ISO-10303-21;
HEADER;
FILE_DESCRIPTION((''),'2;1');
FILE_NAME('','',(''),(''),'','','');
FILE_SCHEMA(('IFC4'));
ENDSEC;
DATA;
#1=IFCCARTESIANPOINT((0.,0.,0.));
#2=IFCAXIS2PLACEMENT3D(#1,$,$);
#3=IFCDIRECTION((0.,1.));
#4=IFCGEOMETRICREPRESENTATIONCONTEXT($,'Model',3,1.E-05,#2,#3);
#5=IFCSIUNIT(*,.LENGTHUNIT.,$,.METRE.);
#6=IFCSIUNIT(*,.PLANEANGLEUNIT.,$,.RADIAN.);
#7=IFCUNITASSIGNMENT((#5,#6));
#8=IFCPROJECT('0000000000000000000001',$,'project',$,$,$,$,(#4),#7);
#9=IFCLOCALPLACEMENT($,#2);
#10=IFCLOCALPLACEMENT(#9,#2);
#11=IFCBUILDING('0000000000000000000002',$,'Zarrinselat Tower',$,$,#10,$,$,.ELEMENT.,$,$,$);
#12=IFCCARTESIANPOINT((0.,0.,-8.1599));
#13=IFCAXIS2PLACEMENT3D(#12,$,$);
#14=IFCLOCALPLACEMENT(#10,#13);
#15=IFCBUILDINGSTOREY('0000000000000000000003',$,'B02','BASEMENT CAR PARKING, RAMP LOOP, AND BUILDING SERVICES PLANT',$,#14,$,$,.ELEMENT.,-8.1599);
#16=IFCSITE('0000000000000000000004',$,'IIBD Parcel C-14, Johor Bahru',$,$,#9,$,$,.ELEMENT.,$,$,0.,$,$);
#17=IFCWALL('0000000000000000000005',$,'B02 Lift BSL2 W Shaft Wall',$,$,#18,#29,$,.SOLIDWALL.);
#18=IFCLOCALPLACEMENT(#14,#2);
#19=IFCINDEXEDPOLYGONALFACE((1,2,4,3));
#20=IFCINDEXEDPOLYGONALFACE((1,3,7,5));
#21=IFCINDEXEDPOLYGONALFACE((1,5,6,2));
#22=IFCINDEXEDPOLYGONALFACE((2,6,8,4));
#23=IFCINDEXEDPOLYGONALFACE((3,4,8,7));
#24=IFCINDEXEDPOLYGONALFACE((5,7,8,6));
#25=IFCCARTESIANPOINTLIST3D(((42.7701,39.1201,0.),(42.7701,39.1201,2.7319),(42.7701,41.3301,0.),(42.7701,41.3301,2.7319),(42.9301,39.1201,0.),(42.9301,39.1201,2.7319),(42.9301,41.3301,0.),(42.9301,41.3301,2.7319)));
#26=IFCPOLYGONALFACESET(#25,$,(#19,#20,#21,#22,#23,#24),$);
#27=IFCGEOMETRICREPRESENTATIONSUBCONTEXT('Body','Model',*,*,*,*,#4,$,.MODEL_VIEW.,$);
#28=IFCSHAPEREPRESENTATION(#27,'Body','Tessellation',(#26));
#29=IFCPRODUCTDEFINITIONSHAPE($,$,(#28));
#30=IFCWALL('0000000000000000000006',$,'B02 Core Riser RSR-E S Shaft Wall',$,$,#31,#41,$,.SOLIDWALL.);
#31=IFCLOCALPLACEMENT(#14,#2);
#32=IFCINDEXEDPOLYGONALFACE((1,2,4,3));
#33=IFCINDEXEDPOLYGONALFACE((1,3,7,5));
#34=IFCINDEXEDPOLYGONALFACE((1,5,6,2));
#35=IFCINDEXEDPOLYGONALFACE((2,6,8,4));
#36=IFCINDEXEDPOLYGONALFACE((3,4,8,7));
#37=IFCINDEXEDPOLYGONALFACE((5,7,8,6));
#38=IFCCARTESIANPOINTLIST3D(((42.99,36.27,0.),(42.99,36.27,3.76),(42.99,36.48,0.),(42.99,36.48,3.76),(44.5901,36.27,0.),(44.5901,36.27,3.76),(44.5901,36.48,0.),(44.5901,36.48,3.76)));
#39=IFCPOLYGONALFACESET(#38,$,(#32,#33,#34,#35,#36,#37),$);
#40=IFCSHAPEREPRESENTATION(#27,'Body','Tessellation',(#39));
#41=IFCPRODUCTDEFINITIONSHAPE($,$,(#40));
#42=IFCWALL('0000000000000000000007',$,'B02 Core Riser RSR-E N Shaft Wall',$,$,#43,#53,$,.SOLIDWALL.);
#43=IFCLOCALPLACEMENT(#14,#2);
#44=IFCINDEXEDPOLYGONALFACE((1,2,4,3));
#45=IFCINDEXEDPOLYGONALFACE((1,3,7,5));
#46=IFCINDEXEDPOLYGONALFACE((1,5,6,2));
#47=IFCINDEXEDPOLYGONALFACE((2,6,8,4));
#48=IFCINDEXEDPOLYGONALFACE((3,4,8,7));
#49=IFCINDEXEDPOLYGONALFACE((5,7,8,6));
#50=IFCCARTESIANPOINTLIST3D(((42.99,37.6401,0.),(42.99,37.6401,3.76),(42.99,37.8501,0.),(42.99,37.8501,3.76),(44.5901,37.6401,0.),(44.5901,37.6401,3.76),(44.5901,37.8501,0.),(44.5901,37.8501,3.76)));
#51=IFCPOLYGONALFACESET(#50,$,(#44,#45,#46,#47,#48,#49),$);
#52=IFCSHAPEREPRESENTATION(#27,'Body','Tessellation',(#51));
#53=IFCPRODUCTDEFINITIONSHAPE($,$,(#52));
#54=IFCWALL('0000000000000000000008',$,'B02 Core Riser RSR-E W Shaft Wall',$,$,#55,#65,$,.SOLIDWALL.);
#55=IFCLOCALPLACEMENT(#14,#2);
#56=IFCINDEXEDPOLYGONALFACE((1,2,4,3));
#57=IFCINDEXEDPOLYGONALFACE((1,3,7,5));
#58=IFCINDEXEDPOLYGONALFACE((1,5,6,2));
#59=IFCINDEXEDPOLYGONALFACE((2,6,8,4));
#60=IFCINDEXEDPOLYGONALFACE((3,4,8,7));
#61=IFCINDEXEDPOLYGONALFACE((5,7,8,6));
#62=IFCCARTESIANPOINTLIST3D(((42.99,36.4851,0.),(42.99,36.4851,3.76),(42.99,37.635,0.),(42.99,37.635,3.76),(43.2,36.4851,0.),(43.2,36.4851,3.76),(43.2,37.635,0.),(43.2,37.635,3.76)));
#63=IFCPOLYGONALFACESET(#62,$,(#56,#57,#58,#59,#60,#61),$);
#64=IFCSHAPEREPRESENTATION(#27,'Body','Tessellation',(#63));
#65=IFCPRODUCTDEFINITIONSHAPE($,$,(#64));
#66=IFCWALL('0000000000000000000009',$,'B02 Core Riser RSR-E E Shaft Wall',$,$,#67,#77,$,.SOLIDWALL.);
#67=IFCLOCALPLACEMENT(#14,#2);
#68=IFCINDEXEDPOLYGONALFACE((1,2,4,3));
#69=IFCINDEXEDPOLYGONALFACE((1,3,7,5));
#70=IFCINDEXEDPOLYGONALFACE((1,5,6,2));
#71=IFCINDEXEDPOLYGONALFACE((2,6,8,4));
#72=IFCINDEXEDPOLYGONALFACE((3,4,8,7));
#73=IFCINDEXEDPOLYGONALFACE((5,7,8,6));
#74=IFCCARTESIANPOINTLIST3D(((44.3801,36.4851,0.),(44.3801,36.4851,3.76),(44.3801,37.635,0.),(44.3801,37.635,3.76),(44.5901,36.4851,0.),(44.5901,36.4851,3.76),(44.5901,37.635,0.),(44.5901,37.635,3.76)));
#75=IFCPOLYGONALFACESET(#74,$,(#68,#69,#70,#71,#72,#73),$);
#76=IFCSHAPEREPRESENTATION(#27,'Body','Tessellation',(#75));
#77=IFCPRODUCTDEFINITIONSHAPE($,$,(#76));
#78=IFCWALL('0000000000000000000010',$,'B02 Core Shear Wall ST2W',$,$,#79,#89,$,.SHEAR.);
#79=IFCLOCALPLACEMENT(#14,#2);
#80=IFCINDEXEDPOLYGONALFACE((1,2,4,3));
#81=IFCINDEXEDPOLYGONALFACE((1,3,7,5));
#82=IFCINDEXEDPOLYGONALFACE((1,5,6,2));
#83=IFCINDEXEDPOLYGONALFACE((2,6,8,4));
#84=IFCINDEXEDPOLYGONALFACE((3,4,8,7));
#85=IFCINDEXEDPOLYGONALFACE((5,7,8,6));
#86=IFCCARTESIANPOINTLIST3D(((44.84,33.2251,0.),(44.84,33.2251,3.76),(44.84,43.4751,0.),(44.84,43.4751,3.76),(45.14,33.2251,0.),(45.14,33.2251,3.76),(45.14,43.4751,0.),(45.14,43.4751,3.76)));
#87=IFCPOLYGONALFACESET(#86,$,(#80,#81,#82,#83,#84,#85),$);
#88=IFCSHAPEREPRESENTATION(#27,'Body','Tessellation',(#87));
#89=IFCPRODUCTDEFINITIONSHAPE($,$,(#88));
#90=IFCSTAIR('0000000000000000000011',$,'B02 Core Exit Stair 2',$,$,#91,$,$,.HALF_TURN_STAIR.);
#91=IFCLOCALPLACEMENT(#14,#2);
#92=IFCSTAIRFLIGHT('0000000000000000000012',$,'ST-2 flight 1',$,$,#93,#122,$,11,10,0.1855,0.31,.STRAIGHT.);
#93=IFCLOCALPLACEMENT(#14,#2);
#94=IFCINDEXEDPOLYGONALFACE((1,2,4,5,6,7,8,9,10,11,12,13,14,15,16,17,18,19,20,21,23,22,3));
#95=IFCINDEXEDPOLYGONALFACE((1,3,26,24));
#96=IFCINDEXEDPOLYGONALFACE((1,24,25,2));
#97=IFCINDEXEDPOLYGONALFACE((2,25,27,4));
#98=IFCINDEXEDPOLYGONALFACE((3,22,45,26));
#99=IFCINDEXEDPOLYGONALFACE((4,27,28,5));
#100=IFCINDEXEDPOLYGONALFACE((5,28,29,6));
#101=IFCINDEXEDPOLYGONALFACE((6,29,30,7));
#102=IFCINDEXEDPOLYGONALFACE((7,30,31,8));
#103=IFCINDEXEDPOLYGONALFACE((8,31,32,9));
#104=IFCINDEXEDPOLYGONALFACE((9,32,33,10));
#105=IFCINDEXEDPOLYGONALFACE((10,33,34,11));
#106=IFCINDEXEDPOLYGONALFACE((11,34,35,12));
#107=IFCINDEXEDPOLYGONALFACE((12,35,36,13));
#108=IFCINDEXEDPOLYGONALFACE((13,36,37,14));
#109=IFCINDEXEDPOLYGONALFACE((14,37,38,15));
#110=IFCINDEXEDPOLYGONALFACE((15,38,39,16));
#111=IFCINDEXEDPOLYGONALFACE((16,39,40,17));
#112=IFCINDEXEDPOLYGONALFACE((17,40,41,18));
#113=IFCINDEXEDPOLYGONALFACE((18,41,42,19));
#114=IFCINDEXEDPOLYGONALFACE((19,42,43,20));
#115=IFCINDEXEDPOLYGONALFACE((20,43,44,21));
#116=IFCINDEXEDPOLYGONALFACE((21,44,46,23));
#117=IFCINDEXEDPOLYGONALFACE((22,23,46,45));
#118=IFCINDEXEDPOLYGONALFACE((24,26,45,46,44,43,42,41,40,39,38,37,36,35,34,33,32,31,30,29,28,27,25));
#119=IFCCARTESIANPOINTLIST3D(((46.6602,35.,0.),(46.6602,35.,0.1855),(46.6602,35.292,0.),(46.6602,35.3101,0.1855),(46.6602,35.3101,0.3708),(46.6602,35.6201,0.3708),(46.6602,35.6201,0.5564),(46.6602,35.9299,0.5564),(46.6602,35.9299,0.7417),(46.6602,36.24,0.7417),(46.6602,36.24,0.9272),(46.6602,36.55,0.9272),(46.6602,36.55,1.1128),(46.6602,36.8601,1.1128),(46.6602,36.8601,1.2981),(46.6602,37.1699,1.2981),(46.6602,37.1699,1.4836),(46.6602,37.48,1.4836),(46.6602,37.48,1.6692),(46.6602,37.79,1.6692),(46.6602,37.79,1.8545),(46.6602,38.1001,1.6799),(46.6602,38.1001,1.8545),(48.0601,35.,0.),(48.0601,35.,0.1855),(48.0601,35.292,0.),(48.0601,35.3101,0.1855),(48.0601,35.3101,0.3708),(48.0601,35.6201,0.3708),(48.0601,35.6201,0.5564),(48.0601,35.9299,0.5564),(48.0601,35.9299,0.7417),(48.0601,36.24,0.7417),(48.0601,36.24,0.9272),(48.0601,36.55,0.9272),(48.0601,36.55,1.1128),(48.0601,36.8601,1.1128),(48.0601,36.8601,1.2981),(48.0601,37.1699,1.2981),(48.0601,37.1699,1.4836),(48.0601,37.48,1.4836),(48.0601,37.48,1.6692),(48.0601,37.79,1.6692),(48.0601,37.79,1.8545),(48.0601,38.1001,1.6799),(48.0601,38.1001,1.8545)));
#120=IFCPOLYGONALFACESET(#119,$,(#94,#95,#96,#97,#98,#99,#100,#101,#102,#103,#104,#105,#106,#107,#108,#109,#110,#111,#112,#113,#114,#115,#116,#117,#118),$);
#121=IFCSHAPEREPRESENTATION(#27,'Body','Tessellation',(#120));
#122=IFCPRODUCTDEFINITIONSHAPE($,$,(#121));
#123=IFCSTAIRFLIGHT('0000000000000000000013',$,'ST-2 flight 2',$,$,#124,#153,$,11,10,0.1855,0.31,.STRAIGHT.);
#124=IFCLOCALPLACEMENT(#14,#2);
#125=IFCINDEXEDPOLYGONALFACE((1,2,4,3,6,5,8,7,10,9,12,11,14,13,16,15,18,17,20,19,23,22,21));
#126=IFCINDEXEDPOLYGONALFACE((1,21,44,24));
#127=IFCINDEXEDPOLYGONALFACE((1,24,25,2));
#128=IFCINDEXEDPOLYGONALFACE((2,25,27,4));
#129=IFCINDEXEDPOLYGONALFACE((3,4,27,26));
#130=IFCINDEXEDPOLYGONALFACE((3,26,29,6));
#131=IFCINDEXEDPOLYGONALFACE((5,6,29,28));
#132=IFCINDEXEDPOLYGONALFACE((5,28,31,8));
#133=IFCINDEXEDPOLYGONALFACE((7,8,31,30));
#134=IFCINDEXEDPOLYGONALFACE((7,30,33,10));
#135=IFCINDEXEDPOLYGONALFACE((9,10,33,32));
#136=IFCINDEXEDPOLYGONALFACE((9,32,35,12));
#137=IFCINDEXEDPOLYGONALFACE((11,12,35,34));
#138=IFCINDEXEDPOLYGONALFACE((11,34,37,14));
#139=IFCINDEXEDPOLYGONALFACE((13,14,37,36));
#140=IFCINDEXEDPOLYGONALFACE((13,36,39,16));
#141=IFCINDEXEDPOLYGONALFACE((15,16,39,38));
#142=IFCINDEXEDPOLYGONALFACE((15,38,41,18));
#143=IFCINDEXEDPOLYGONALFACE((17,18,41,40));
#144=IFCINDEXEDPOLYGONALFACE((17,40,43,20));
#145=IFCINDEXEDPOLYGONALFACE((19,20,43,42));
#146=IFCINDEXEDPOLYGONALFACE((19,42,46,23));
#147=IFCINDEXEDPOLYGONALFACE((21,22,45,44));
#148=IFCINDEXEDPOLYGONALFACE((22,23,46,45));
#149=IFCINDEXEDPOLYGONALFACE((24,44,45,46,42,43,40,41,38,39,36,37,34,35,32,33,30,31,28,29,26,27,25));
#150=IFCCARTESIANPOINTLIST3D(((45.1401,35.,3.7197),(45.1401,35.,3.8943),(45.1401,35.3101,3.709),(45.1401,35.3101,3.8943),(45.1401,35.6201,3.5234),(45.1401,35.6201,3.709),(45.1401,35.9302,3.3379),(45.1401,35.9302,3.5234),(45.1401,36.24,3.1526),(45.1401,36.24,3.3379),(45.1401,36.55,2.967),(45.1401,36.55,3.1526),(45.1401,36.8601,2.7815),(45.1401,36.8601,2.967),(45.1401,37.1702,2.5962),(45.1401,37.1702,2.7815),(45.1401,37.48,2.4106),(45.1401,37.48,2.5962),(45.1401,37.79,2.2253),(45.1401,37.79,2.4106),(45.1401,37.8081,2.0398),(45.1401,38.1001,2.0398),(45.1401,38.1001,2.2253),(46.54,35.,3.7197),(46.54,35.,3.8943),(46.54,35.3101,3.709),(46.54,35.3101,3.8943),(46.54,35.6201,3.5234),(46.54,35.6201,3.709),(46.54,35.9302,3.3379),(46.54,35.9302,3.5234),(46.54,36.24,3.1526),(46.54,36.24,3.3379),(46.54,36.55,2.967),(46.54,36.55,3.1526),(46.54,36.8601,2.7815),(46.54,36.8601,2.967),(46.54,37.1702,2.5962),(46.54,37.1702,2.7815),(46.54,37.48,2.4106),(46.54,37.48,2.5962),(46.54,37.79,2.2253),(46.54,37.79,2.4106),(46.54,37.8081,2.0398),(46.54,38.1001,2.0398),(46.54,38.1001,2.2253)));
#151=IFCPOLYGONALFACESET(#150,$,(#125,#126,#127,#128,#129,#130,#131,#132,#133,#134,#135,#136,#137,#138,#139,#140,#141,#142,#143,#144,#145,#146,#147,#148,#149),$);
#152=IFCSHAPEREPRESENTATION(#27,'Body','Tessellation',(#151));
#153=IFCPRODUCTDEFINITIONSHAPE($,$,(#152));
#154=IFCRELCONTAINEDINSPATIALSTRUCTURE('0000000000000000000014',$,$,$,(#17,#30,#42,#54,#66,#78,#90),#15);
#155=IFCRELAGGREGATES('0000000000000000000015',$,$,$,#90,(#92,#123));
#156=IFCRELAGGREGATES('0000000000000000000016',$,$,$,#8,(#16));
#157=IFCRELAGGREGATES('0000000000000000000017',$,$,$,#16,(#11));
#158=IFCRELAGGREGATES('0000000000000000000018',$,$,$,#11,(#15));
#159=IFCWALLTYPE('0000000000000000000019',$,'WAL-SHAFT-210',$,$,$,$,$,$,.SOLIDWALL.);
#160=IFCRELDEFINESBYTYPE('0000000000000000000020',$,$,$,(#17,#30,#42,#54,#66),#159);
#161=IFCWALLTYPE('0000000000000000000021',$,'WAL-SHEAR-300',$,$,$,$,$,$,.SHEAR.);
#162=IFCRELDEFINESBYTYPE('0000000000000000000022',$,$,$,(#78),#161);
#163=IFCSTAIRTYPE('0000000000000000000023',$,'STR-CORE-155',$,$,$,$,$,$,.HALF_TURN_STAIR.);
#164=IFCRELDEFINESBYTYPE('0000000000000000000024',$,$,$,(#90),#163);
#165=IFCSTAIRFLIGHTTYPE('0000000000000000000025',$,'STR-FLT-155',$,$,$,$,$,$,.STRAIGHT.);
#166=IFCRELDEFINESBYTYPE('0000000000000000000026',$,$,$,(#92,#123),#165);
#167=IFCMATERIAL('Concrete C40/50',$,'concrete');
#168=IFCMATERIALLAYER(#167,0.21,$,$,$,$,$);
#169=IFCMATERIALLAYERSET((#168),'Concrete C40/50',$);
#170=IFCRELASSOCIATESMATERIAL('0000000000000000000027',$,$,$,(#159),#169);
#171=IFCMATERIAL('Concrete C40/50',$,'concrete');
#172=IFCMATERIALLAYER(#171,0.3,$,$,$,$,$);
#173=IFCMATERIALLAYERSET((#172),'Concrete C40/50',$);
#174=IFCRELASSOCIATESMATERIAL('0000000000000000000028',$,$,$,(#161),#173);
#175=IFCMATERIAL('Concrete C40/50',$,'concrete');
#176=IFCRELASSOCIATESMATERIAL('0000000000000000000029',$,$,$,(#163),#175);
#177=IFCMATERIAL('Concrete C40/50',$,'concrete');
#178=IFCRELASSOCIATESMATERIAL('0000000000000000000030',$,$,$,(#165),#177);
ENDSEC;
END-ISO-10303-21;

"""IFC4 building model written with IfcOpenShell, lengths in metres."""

from ifc_helpers import new_model, si_unit, direction, frame, frame_2d, origin, place, context, subcontext, project, spatial, polyline, rectangle, outline, extrude, material, layer, layer_set, type_object, element, aggregate, save


model = new_model("IFC4")

# Units and contexts
model_context = context("Model", 3, precision=1e-05, world=origin(), true_north=direction((0.0, 1.0)))
body_context = subcontext(model_context, "Body", "Model", "MODEL_VIEW")
ifc_project = project(units=[si_unit("LENGTHUNIT", "METRE"), si_unit("PLANEANGLEUNIT", "RADIAN")], contexts=[model_context])

# Site, building, storey
site_placement = place(None, origin())
site = spatial("IfcSite", under=ifc_project, at=site_placement, Name="IIBD Parcel C-14, Johor Bahru", CompositionType="ELEMENT", RefElevation=0.0)
building_placement = place(site_placement, origin())
building = spatial("IfcBuilding", under=site, at=building_placement, Name="Zarrinselat Tower", CompositionType="ELEMENT")
storey_placement = place(building_placement, frame((0.0, 0.0, -8.1599)))
storey = spatial("IfcBuildingStorey", under=building, at=storey_placement, Name="B02", Description="BASEMENT CAR PARKING, RAMP LOOP, AND BUILDING SERVICES PLANT", CompositionType="ELEMENT", Elevation=-8.1599)

# Shared definitions
ifc_material_1 = material(Name="Concrete C40/50", Category="concrete")
ifc_layer_1 = layer(ifc_material_1, 0.21)
ifc_layer_set_1 = layer_set([ifc_layer_1], Name="Concrete C40/50")
wall_type_1 = type_object("IfcWallType", Name="WAL-SHAFT-210", PredefinedType="SOLIDWALL", material=ifc_layer_set_1)

# Walls
wall_1_placement = place(storey_placement, frame((42.8501, 39.1201, 0.0), z_axis=(0.0, 0.0, 1.0), x_axis=(0.0, 1.0, 0.0)))
element("IfcWall", 1, at=wall_1_placement, inside=storey, type_object=wall_type_1, Name="B02 Lift BSL2 W Shaft Wall", PredefinedType="SOLIDWALL", context=body_context, shape_type="SweptSolid", body=[
    extrude(rectangle(XDim=2.21, YDim=0.1599, at=frame_2d((1.105, 0.0))), origin(), (0.0, 0.0, 1.0), 2.7319),
])
for number, where, z_axis, x_axis, name in (
    (2, (42.99, 36.375, 0.0), (0.0, 0.0, 1.0), (1.0, 0.0, 0.0), "B02 Core Riser RSR-E S Shaft Wall"),
    (3, (42.99, 37.7451, 0.0), (0.0, 0.0, 1.0), (1.0, 0.0, 0.0), "B02 Core Riser RSR-E N Shaft Wall"),
):
    element("IfcWall", number, at=place(storey_placement, frame(where, z_axis=z_axis, x_axis=x_axis)), inside=storey, type_object=wall_type_1, Name=name, PredefinedType="SOLIDWALL", context=body_context, shape_type="SweptSolid", body=[
        extrude(rectangle(XDim=1.6001, YDim=0.21, at=frame_2d((0.8, 0.0))), origin(), (0.0, 0.0, 1.0), 3.76),
    ])
for number, where, z_axis, x_axis, name in (
    (4, (43.095, 36.4851, 0.0), (0.0, 0.0, 1.0), (0.0, 1.0, 0.0), "B02 Core Riser RSR-E W Shaft Wall"),
    (5, (44.4851, 36.4851, 0.0), (0.0, 0.0, 1.0), (0.0, 1.0, 0.0), "B02 Core Riser RSR-E E Shaft Wall"),
):
    element("IfcWall", number, at=place(storey_placement, frame(where, z_axis=z_axis, x_axis=x_axis)), inside=storey, type_object=wall_type_1, Name=name, PredefinedType="SOLIDWALL", context=body_context, shape_type="SweptSolid", body=[
        extrude(rectangle(XDim=1.1499, YDim=0.21, at=frame_2d((0.575, 0.0))), origin(), (0.0, 0.0, 1.0), 3.76),
    ])
ifc_material_2 = material(Name="Concrete C40/50", Category="concrete")
ifc_layer_2 = layer(ifc_material_2, 0.3)
ifc_layer_set_2 = layer_set([ifc_layer_2], Name="Concrete C40/50")
wall_type_2 = type_object("IfcWallType", Name="WAL-SHEAR-300", PredefinedType="SHEAR", material=ifc_layer_set_2)
wall_2_placement = place(storey_placement, frame((44.99, 33.2251, 0.0), z_axis=(0.0, 0.0, 1.0), x_axis=(0.0, 1.0, 0.0)))
element("IfcWall", 6, at=wall_2_placement, inside=storey, type_object=wall_type_2, Name="B02 Core Shear Wall ST2W", PredefinedType="SHEAR", context=body_context, shape_type="SweptSolid", body=[
    extrude(rectangle(XDim=10.25, YDim=0.3, at=frame_2d((5.125, 0.0))), origin(), (0.0, 0.0, 1.0), 3.76),
])

# Stair, stair flights
ifc_material_3 = material(Name="Concrete C40/50", Category="concrete")
stair_type = type_object("IfcStairType", Name="STR-CORE-155", PredefinedType="HALF_TURN_STAIR", material=ifc_material_3)
stair_placement = place(storey_placement, origin())
stair = element("IfcStair", 7, at=stair_placement, inside=storey, type_object=stair_type, Name="B02 Core Exit Stair 2", PredefinedType="HALF_TURN_STAIR")
ifc_material_4 = material(Name="Concrete C40/50", Category="concrete")
stair_flight_type = type_object("IfcStairFlightType", Name="STR-FLT-155", PredefinedType="STRAIGHT", material=ifc_material_4)
stair_flight_1_placement = place(storey_placement, frame((47.3601, 35.0, 0.0), z_axis=(0.0, 0.0, 1.0), x_axis=(0.0, 1.0, 0.0)))
stair_flight_1 = element("IfcStairFlight", 8, at=stair_flight_1_placement, type_object=stair_flight_type, Name="ST-2 flight 1", NumberOfRisers=11, NumberOfTreads=10, PredefinedType="STRAIGHT", RiserHeight=0.1855, TreadLength=0.31, context=body_context, shape_type="SweptSolid", body=[
    extrude(outline(polyline([(0.0, 0.0), (0.0, 0.1855), (0.3101, 0.1855), (0.3101, 0.3708), (0.6201, 0.3708), (0.6201, 0.5564), (0.9299, 0.5564), (0.9299, 0.7417), (1.24, 0.7417), (1.24, 0.9272), (1.55, 0.9272), (1.55, 1.1128), (1.8601, 1.1128), (1.8601, 1.2981), (2.1699, 1.2981), (2.1699, 1.4836), (2.48, 1.4836), (2.48, 1.6692), (2.79, 1.6692), (2.79, 1.8545), (3.1001, 1.8545), (3.1001, 2.04), (3.1001, 1.6799), (0.292, 0.0), (0.0, 0.0)])), frame((0.0, 0.7, 0.0), z_axis=(0.0, -1.0, 0.0), x_axis=(1.0, 0.0, 0.0)), (0.0, 0.0, 1.0), 1.3999),
])
stair_flight_2_placement = place(storey_placement, frame((45.8401, 38.1001, 2.0398), z_axis=(0.0, 0.0, 1.0), x_axis=(0.0, -1.0, 0.0)))
stair_flight_2 = element("IfcStairFlight", 9, at=stair_flight_2_placement, type_object=stair_flight_type, Name="ST-2 flight 2", NumberOfRisers=11, NumberOfTreads=10, PredefinedType="STRAIGHT", RiserHeight=0.1855, TreadLength=0.31, context=body_context, shape_type="SweptSolid", body=[
    extrude(outline(polyline([(0.0, 0.0), (0.0, 0.1855), (0.3101, 0.1855), (0.3101, 0.3708), (0.6201, 0.3708), (0.6201, 0.5564), (0.9299, 0.5564), (0.9299, 0.7417), (1.24, 0.7417), (1.24, 0.9272), (1.55, 0.9272), (1.55, 1.1128), (1.8601, 1.1128), (1.8601, 1.2981), (2.1699, 1.2981), (2.1699, 1.4836), (2.48, 1.4836), (2.48, 1.6692), (2.79, 1.6692), (2.79, 1.8545), (3.1001, 1.8545), (3.1001, 2.04), (3.1001, 1.6799), (0.292, 0.0), (0.0, 0.0)])), frame((0.0, 0.7, 0.0), z_axis=(0.0, -1.0, 0.0), x_axis=(1.0, 0.0, 0.0)), (0.0, 0.0, 1.0), 1.3999),
])
aggregate(stair, [stair_flight_1, stair_flight_2])

save(model, "model.ifc")
